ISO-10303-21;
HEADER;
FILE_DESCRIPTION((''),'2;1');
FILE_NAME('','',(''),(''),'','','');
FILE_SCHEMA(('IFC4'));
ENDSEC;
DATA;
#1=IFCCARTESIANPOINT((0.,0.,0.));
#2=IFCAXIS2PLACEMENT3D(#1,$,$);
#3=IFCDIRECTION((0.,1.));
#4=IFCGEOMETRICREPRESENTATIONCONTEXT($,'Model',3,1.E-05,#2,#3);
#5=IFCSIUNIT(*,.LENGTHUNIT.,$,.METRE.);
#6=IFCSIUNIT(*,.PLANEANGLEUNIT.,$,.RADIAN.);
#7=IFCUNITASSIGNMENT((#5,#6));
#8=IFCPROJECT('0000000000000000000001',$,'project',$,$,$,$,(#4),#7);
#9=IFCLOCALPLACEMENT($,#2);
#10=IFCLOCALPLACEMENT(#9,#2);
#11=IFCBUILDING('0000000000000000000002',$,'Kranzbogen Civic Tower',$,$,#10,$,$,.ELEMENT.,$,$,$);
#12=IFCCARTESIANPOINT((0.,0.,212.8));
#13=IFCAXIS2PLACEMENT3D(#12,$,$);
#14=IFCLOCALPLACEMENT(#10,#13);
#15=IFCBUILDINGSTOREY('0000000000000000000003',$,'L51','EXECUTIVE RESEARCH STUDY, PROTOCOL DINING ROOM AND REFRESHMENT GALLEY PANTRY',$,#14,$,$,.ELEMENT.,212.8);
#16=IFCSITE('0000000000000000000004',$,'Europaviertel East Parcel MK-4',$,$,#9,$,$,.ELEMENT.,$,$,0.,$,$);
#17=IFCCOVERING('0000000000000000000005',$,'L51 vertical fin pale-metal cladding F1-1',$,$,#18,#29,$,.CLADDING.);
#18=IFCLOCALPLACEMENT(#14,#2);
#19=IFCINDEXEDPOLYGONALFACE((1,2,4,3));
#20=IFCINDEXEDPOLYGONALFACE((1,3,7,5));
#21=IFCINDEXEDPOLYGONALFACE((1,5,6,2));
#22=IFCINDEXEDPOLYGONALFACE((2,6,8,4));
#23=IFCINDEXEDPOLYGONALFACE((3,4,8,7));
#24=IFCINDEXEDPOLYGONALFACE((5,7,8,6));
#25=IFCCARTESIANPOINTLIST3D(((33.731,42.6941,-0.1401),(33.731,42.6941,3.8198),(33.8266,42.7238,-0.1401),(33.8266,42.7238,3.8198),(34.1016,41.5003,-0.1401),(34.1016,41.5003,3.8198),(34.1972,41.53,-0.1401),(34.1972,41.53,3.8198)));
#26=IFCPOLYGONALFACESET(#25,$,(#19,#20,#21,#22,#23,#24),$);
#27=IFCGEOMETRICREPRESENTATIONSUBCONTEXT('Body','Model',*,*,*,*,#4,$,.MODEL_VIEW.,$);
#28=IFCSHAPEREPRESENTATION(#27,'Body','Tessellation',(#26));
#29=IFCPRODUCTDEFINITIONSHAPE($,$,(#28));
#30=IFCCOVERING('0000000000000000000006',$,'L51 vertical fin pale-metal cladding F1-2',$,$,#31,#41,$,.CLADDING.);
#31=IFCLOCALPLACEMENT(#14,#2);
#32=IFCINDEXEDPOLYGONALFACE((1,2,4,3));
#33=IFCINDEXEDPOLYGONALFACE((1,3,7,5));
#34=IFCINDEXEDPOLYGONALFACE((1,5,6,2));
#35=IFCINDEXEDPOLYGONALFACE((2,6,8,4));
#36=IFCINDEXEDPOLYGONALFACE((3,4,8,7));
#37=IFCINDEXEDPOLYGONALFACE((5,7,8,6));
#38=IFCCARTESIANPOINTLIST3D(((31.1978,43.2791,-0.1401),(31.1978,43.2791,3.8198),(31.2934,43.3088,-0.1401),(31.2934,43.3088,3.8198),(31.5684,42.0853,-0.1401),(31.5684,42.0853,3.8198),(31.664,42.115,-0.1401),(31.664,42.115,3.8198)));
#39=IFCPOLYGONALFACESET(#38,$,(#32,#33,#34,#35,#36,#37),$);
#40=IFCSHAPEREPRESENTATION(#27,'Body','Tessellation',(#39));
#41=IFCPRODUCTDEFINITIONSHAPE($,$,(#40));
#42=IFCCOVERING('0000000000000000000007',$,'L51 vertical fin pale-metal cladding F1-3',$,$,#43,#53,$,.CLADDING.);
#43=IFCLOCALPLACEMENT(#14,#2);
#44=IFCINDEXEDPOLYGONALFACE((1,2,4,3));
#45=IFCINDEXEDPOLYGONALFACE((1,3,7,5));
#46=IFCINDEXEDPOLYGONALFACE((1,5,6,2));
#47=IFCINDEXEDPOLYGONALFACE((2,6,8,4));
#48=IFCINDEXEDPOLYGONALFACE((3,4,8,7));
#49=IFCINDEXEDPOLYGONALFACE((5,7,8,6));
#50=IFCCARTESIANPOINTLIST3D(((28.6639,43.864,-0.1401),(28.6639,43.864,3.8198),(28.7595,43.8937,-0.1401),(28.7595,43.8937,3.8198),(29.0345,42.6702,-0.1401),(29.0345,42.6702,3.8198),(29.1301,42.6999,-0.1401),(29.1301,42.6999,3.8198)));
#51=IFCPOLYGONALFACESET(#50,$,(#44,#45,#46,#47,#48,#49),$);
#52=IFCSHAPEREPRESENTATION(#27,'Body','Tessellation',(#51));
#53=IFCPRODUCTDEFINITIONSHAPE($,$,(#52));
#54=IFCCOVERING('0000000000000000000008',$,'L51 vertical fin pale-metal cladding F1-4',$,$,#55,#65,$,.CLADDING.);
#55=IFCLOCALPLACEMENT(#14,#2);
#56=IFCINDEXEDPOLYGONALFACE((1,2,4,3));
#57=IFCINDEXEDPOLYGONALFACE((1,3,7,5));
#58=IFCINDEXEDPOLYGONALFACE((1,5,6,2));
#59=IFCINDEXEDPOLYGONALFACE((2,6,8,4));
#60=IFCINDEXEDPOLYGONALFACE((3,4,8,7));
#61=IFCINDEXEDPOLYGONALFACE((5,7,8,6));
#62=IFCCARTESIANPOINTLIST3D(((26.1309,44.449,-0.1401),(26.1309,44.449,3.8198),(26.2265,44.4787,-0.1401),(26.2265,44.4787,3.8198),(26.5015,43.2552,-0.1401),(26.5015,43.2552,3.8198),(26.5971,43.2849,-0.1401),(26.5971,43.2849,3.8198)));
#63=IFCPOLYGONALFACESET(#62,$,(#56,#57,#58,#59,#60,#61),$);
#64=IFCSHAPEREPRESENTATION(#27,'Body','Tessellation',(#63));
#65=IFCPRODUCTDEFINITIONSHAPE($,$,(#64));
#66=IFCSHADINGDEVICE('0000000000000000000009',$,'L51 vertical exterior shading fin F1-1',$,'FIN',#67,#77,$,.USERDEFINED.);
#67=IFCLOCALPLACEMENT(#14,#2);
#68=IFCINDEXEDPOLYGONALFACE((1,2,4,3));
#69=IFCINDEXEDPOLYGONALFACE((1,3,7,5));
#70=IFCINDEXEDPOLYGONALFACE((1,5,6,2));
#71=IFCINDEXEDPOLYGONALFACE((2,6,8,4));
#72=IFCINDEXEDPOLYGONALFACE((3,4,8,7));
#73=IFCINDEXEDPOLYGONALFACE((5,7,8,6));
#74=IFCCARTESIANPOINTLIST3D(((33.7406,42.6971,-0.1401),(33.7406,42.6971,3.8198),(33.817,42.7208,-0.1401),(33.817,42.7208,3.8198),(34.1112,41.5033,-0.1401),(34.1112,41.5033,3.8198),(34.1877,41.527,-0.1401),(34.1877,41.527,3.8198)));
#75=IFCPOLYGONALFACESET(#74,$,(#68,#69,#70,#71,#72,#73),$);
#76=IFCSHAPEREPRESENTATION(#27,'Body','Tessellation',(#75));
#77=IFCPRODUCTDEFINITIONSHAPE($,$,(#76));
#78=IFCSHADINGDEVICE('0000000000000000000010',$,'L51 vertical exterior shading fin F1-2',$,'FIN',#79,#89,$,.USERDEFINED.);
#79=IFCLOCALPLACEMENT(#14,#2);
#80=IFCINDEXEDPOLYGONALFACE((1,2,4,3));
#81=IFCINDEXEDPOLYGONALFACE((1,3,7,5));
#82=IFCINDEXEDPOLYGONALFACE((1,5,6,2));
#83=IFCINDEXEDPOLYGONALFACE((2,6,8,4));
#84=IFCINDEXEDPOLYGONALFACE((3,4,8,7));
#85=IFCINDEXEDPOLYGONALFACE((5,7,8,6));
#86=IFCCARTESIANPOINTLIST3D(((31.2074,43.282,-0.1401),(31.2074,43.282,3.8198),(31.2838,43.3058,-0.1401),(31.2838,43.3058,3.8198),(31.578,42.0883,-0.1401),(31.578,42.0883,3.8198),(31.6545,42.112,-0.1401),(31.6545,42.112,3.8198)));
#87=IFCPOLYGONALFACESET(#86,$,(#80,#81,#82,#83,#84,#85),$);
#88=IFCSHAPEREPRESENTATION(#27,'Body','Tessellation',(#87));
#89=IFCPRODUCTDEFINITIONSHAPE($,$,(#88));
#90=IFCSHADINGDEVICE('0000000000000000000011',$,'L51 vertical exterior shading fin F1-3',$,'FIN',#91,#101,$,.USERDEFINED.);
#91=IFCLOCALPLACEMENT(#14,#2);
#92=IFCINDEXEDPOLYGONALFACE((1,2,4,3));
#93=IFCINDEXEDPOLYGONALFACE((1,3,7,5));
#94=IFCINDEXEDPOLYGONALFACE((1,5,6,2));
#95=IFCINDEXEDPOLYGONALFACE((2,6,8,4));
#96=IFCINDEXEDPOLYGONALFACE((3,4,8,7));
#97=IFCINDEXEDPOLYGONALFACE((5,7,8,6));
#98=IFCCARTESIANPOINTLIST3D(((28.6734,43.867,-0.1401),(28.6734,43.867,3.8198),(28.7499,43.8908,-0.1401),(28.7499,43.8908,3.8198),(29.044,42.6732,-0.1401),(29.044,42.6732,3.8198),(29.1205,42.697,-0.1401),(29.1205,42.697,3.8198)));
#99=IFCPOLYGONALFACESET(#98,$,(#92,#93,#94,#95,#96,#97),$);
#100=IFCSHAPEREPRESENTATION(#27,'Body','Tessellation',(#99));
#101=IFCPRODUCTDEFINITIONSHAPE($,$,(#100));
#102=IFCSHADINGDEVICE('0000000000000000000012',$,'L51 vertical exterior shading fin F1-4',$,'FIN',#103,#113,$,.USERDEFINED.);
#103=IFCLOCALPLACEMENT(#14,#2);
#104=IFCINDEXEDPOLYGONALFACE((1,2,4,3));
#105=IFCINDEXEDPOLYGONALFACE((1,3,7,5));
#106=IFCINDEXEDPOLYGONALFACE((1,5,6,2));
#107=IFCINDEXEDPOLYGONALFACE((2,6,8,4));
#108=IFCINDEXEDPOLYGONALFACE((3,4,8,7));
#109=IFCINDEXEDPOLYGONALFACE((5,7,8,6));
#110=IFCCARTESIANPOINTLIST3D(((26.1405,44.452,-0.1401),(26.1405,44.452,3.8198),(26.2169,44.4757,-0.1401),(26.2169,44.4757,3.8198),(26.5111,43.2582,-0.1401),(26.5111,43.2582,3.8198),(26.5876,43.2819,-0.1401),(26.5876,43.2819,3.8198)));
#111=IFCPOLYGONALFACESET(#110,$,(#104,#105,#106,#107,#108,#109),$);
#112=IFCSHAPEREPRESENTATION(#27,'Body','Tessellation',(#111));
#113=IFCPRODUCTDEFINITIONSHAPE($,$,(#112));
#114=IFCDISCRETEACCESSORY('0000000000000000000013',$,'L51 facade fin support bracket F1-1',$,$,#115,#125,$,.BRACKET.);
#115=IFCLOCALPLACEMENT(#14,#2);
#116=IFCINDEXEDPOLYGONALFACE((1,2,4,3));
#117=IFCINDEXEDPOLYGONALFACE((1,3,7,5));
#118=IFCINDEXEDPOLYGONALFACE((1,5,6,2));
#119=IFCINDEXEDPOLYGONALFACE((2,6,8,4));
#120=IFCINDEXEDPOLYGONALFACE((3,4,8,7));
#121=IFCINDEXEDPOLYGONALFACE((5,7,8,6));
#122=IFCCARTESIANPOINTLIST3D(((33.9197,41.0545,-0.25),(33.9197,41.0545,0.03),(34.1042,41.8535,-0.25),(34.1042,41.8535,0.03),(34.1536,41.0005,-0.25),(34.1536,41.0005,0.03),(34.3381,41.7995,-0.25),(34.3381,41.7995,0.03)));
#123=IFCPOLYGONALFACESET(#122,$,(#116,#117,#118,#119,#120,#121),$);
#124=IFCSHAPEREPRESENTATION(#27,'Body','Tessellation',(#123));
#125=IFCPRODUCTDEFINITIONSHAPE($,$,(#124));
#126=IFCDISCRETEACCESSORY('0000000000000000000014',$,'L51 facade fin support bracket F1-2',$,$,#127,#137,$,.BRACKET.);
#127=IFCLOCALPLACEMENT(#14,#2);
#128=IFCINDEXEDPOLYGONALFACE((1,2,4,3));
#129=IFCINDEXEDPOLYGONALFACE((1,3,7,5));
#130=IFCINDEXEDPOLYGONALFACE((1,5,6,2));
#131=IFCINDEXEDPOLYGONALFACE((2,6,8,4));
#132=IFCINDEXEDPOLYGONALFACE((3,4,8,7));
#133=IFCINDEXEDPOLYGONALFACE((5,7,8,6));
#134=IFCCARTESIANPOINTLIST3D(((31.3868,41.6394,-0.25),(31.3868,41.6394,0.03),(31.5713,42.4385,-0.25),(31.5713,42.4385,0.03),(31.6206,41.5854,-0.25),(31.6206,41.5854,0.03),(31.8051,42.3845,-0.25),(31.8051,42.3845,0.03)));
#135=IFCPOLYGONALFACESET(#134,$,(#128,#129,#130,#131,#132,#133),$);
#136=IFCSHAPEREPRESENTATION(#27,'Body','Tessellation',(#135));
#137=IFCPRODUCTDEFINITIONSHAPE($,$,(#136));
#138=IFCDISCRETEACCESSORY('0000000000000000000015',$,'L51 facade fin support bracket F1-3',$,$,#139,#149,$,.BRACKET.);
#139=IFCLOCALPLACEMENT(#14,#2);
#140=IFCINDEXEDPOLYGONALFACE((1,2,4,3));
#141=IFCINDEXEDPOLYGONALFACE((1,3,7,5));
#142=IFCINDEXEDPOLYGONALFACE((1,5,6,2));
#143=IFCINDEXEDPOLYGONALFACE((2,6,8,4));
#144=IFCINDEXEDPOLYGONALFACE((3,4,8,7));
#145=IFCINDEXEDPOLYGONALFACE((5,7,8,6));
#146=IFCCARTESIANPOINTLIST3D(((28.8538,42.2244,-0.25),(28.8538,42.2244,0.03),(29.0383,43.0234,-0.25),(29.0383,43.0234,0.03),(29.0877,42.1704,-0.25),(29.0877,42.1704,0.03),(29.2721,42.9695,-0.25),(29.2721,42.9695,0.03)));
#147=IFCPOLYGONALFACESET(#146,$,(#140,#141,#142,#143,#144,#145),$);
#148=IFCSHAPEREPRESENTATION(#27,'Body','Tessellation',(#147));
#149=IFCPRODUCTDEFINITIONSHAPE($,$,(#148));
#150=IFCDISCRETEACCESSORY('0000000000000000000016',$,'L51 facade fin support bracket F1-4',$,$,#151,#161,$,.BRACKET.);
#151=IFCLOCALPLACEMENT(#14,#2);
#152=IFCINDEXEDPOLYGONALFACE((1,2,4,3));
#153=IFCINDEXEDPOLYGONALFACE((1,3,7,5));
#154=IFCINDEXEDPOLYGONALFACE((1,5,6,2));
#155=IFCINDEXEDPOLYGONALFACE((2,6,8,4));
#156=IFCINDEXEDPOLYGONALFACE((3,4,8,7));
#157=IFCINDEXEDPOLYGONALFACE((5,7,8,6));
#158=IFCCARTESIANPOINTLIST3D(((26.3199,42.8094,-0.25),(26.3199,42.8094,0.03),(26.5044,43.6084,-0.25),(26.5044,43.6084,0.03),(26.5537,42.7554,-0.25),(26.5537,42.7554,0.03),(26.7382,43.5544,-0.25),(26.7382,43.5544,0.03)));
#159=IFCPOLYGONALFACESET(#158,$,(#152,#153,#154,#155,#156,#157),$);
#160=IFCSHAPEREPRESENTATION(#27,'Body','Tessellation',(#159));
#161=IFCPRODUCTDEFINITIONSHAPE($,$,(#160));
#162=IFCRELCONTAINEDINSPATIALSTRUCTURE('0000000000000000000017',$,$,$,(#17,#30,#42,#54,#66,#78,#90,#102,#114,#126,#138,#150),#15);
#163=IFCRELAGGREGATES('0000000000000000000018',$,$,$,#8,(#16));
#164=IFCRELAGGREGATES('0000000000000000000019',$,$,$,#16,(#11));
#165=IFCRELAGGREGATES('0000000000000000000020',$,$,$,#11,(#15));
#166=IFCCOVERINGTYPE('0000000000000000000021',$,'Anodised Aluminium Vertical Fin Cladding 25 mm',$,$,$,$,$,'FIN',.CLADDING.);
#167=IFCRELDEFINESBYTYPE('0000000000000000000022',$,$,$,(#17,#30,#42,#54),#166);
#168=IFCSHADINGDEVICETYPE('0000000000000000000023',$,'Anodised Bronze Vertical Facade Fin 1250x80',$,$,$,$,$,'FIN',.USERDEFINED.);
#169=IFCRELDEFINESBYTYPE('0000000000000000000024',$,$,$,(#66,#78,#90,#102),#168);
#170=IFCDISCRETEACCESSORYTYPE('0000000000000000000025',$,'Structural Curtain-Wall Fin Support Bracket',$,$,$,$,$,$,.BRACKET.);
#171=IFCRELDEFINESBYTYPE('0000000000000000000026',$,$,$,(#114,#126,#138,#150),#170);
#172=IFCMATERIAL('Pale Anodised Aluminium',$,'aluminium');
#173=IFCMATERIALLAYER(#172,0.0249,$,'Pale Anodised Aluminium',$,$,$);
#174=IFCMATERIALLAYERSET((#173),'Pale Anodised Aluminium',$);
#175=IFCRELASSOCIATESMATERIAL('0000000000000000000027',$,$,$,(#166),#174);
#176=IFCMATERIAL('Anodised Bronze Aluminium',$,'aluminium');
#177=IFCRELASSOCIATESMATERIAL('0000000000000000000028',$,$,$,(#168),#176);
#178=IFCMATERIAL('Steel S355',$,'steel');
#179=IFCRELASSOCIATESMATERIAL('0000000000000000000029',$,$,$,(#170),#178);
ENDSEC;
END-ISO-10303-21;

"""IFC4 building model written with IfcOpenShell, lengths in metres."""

from ifc_helpers import new_model, si_unit, direction, frame, origin, origin_2d, place, context, subcontext, project, spatial, rectangle, extrude, material, layer, layer_set, type_object, element, save


model = new_model("IFC4")

# Units and contexts
model_context = context("Model", 3, precision=1e-05, world=origin(), true_north=direction((0.0, 1.0)))
body_context = subcontext(model_context, "Body", "Model", "MODEL_VIEW")
ifc_project = project(units=[si_unit("LENGTHUNIT", "METRE"), si_unit("PLANEANGLEUNIT", "RADIAN")], contexts=[model_context])

# Site, building, storey
site_placement = place(None, origin())
site = spatial("IfcSite", under=ifc_project, at=site_placement, Name="Europaviertel East Parcel MK-4", CompositionType="ELEMENT", RefElevation=0.0)
building_placement = place(site_placement, origin())
building = spatial("IfcBuilding", under=site, at=building_placement, Name="Kranzbogen Civic Tower", CompositionType="ELEMENT")
storey_placement = place(building_placement, frame((0.0, 0.0, 212.8)))
storey = spatial("IfcBuildingStorey", under=building, at=storey_placement, Name="L51", Description="EXECUTIVE RESEARCH STUDY, PROTOCOL DINING ROOM AND REFRESHMENT GALLEY PANTRY", CompositionType="ELEMENT", Elevation=212.8)

# Shared definitions
ifc_material_1 = material(Name="Steel S355", Category="steel")

# Shared definitions
ifc_material_2 = material(Name="Pale Anodised Aluminium", Category="aluminium")

# Coverings
ifc_layer_1 = layer(ifc_material_2, 0.0249, Name="Pale Anodised Aluminium")
ifc_layer_set_1 = layer_set([ifc_layer_1], Name="Pale Anodised Aluminium")
covering_type = type_object("IfcCoveringType", Name="Anodised Aluminium Vertical Fin Cladding 25 mm", ElementType="FIN", PredefinedType="CLADDING", material=ifc_layer_set_1)
for number, where, z_axis, x_axis, name in (
    (1, (33.9641, 42.1121, -0.1401), (0.0, 0.0, 1.0), (-0.296492, 0.955035, 0.0), "L51 vertical fin pale-metal cladding F1-1"),
    (2, (31.4309, 42.697, -0.1401), (0.0, 0.0, 1.0), (-0.296492, 0.955035, 0.0), "L51 vertical fin pale-metal cladding F1-2"),
    (3, (28.897, 43.282, -0.1401), (0.0, 0.0, 1.0), (-0.296492, 0.955035, 0.0), "L51 vertical fin pale-metal cladding F1-3"),
    (4, (26.364, 43.8669, -0.1401), (0.0, 0.0, 1.0), (-0.296492, 0.955035, 0.0), "L51 vertical fin pale-metal cladding F1-4"),
):
    element("IfcCovering", number, at=place(storey_placement, frame(where, z_axis=z_axis, x_axis=x_axis)), inside=storey, type_object=covering_type, Name=name, PredefinedType="CLADDING", context=body_context, shape_type="SweptSolid", body=[
        extrude(rectangle(XDim=1.25, YDim=0.1001, at=origin_2d()), origin(), (0.0, 0.0, 1.0), 3.96),
    ])

# Shading devices
ifc_material_3 = material(Name="Anodised Bronze Aluminium", Category="aluminium")
shading_device_type = type_object("IfcShadingDeviceType", Name="Anodised Bronze Vertical Facade Fin 1250x80", ElementType="FIN", PredefinedType="USERDEFINED", material=ifc_material_3)
for number, where, z_axis, x_axis, name in (
    (5, (33.9641, 42.1121, -0.1401), (0.0, 0.0, 1.0), (-0.296492, 0.955035, 0.0), "L51 vertical exterior shading fin F1-1"),
    (6, (31.4309, 42.697, -0.1401), (0.0, 0.0, 1.0), (-0.296492, 0.955035, 0.0), "L51 vertical exterior shading fin F1-2"),
    (7, (28.897, 43.282, -0.1401), (0.0, 0.0, 1.0), (-0.296492, 0.955035, 0.0), "L51 vertical exterior shading fin F1-3"),
    (8, (26.364, 43.8669, -0.1401), (0.0, 0.0, 1.0), (-0.296492, 0.955035, 0.0), "L51 vertical exterior shading fin F1-4"),
):
    element("IfcShadingDevice", number, at=place(storey_placement, frame(where, z_axis=z_axis, x_axis=x_axis)), inside=storey, type_object=shading_device_type, Name=name, ObjectType="FIN", PredefinedType="USERDEFINED", context=body_context, shape_type="SweptSolid", body=[
        extrude(rectangle(XDim=1.25, YDim=0.0801, at=origin_2d()), origin(), (0.0, 0.0, 1.0), 3.96),
    ])

# Discrete accessories
discrete_accessory_type = type_object("IfcDiscreteAccessoryType", Name="Structural Curtain-Wall Fin Support Bracket", PredefinedType="BRACKET", material=ifc_material_1)
for number, where, z_axis, x_axis, name in (
    (9, (34.1289, 41.427, -0.25), (0.0, 0.0, 1.0), (0.224951, 0.97437, 0.0), "L51 facade fin support bracket F1-1"),
    (10, (31.5959, 42.012, -0.25), (0.0, 0.0, 1.0), (0.224951, 0.97437, 0.0), "L51 facade fin support bracket F1-2"),
    (11, (29.063, 42.5969, -0.25), (0.0, 0.0, 1.0), (0.224951, 0.97437, 0.0), "L51 facade fin support bracket F1-3"),
    (12, (26.5291, 43.1819, -0.25), (0.0, 0.0, 1.0), (0.224951, 0.97437, 0.0), "L51 facade fin support bracket F1-4"),
):
    element("IfcDiscreteAccessory", number, at=place(storey_placement, frame(where, z_axis=z_axis, x_axis=x_axis)), inside=storey, type_object=discrete_accessory_type, Name=name, PredefinedType="BRACKET", context=body_context, shape_type="SweptSolid", body=[
        extrude(rectangle(XDim=0.8201, YDim=0.24, at=origin_2d()), origin(), (0.0, 0.0, 1.0), 0.28),
    ])

save(model, "model.ifc")
